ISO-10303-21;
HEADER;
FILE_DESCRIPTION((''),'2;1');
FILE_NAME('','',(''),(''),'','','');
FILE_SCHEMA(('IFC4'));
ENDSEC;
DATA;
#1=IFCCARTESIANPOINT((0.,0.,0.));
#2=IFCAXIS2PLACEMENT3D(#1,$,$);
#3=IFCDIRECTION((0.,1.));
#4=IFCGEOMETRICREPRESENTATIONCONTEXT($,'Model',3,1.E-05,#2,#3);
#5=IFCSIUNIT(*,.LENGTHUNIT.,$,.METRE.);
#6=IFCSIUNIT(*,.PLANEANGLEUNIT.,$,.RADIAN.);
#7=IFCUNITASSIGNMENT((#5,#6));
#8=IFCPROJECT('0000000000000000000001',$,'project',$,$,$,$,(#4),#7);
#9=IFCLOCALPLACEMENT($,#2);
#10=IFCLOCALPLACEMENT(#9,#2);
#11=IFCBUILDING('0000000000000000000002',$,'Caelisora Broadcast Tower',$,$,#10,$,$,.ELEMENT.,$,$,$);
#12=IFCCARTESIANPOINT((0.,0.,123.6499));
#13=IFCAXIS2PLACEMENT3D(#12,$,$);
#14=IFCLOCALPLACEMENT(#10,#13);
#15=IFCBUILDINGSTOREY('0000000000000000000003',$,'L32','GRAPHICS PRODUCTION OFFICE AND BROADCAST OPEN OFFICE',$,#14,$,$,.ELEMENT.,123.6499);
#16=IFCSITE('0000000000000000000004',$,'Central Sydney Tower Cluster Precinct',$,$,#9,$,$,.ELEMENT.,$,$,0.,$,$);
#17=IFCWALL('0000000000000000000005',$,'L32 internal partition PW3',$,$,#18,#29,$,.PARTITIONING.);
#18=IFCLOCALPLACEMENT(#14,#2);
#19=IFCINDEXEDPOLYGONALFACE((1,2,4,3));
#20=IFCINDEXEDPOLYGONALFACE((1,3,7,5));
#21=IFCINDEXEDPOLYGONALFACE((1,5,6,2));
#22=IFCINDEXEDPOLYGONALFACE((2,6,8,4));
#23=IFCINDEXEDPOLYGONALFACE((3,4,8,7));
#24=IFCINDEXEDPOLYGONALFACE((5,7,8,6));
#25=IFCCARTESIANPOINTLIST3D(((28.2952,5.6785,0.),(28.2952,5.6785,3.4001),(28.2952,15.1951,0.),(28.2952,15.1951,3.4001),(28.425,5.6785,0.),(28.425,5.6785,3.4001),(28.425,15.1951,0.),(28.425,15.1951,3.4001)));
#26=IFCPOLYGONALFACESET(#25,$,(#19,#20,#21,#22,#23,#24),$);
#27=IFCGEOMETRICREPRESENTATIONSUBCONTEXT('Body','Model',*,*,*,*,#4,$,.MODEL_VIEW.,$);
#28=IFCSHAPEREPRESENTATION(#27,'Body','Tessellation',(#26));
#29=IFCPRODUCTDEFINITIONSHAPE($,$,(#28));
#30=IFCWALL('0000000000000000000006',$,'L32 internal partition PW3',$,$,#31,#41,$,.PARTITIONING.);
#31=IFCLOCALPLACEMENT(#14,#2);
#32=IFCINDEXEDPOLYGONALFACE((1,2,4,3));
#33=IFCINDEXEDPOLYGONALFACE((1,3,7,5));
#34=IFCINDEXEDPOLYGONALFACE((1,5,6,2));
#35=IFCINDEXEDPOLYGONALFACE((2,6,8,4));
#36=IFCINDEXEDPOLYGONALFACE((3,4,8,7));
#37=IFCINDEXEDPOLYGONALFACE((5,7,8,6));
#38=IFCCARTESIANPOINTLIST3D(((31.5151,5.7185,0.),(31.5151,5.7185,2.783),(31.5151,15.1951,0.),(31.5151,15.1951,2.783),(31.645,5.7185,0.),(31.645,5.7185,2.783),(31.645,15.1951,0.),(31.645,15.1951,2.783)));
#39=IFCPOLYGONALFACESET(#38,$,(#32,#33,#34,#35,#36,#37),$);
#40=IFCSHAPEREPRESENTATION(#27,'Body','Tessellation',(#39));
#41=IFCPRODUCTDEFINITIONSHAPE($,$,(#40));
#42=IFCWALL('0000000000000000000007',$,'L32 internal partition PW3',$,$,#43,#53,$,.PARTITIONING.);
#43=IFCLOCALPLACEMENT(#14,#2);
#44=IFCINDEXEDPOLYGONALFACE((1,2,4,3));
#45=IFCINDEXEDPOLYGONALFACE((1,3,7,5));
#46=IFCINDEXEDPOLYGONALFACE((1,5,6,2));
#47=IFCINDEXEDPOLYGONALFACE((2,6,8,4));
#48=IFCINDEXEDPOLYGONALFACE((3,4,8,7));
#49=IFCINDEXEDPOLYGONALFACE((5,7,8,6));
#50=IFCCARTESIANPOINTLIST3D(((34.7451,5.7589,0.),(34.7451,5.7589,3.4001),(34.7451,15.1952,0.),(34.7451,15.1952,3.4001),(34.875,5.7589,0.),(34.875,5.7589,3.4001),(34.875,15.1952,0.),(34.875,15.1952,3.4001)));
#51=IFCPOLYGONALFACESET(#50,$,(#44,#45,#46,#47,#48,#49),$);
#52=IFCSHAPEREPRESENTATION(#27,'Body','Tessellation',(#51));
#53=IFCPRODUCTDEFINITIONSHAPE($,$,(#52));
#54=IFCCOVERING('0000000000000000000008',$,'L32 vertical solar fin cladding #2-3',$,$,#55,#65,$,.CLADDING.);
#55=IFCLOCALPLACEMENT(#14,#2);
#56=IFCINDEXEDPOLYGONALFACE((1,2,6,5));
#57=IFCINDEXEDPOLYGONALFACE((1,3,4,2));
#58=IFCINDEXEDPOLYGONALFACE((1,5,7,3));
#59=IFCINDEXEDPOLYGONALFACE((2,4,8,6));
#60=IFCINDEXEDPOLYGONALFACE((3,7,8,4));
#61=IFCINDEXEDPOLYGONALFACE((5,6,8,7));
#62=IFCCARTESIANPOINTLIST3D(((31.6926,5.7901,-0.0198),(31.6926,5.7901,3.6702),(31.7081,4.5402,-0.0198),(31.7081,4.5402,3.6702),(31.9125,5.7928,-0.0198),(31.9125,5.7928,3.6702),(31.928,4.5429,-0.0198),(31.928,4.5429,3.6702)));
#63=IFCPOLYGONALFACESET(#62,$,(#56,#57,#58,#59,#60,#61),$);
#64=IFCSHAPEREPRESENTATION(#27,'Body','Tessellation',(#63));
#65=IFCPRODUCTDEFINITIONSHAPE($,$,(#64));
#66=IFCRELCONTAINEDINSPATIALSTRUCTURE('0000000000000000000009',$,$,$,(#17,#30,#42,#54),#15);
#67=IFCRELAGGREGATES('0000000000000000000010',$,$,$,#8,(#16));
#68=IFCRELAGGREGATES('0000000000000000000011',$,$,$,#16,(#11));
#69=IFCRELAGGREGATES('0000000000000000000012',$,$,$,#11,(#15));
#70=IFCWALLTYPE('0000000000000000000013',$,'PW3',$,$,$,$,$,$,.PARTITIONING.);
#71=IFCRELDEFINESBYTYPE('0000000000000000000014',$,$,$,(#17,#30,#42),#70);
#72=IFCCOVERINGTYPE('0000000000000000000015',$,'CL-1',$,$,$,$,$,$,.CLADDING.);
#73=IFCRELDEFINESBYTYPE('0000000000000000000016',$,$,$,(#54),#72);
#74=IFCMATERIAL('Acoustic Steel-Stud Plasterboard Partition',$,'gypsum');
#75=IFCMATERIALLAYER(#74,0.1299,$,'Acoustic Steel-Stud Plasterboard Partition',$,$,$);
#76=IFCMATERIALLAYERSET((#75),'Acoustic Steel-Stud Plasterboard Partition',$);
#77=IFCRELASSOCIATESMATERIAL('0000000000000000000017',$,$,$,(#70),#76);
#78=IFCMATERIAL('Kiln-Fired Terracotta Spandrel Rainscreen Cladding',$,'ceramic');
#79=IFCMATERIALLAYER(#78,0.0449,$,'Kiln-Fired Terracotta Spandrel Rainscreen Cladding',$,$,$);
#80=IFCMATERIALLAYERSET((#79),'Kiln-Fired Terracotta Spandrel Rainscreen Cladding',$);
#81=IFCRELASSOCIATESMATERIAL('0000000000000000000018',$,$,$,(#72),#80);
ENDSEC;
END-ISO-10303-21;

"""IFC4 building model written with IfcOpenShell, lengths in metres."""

from ifc_helpers import new_model, si_unit, direction, frame, frame_2d, origin, origin_2d, place, context, subcontext, project, spatial, rectangle, extrude, source, transform, mapped, material, layer, layer_set, type_object, type_shapes, element, save


model = new_model("IFC4")

# Units and contexts
model_context = context("Model", 3, precision=1e-05, world=origin(), true_north=direction((0.0, 1.0)))
body_context = subcontext(model_context, "Body", "Model", "MODEL_VIEW")
ifc_project = project(units=[si_unit("LENGTHUNIT", "METRE"), si_unit("PLANEANGLEUNIT", "RADIAN")], contexts=[model_context])

# Site, building, storey
site_placement = place(None, origin())
site = spatial("IfcSite", under=ifc_project, at=site_placement, Name="Central Sydney Tower Cluster Precinct", CompositionType="ELEMENT", RefElevation=0.0)
building_placement = place(site_placement, origin())
building = spatial("IfcBuilding", under=site, at=building_placement, Name="Caelisora Broadcast Tower", CompositionType="ELEMENT")
storey_placement = place(building_placement, frame((0.0, 0.0, 123.6499)))
storey = spatial("IfcBuildingStorey", under=building, at=storey_placement, Name="L32", Description="GRAPHICS PRODUCTION OFFICE AND BROADCAST OPEN OFFICE", CompositionType="ELEMENT", Elevation=123.6499)

# Walls
ifc_material_1 = material(Name="Acoustic Steel-Stud Plasterboard Partition", Category="gypsum")
ifc_layer_1 = layer(ifc_material_1, 0.1299, Name="Acoustic Steel-Stud Plasterboard Partition")
ifc_layer_set_1 = layer_set([ifc_layer_1], Name="Acoustic Steel-Stud Plasterboard Partition")
wall_type = type_object("IfcWallType", Name="PW3", PredefinedType="PARTITIONING", material=ifc_layer_set_1)
wall_1_placement = place(storey_placement, frame((28.3601, 5.6785, 0.0), z_axis=(0.0, 0.0, 1.0), x_axis=(0.0, 1.0, 0.0)))
element("IfcWall", 1, at=wall_1_placement, inside=storey, type_object=wall_type, Name="L32 internal partition PW3", PredefinedType="PARTITIONING", context=body_context, shape_type="SweptSolid", body=[
    extrude(rectangle(XDim=9.5166, YDim=0.1299, at=frame_2d((4.7583, 0.0))), origin(), (0.0, 0.0, 1.0), 3.4001),
])
wall_2_placement = place(storey_placement, frame((31.5801, 5.7185, 0.0), z_axis=(0.0, 0.0, 1.0), x_axis=(0.0, 1.0, 0.0)))
element("IfcWall", 2, at=wall_2_placement, inside=storey, type_object=wall_type, Name="L32 internal partition PW3", PredefinedType="PARTITIONING", context=body_context, shape_type="SweptSolid", body=[
    extrude(rectangle(XDim=9.4766, YDim=0.1299, at=frame_2d((4.7383, 0.0))), origin(), (0.0, 0.0, 1.0), 2.783),
])
wall_3_placement = place(storey_placement, frame((34.8101, 5.7588, 0.0), z_axis=(0.0, 0.0, 1.0), x_axis=(0.0, 1.0, 0.0)))
element("IfcWall", 3, at=wall_3_placement, inside=storey, type_object=wall_type, Name="L32 internal partition PW3", PredefinedType="PARTITIONING", context=body_context, shape_type="SweptSolid", body=[
    extrude(rectangle(XDim=9.4363, YDim=0.1299, at=frame_2d((4.7183, 0.0))), origin(), (0.0, 0.0, 1.0), 3.4001),
])

# Covering
ifc_material_2 = material(Name="Kiln-Fired Terracotta Spandrel Rainscreen Cladding", Category="ceramic")
ifc_layer_2 = layer(ifc_material_2, 0.0449, Name="Kiln-Fired Terracotta Spandrel Rainscreen Cladding")
ifc_layer_set_2 = layer_set([ifc_layer_2], Name="Kiln-Fired Terracotta Spandrel Rainscreen Cladding")
covering_type = type_object("IfcCoveringType", Name="CL-1", PredefinedType="CLADDING", material=ifc_layer_set_2)
shared_shape_1 = source(origin(), body_context, "Body", "SweptSolid", [
    extrude(rectangle(XDim=0.22, YDim=1.25, at=origin_2d()), origin(), (0.0, 0.0, 1.0), 3.6899),
])
type_shapes(covering_type, [shared_shape_1])
covering_placement = place(storey_placement, frame((31.8103, 5.1665, -0.0198), z_axis=(0.0, 0.0, 1.0), x_axis=(-0.999923, -0.012392, 0.0)))
element("IfcCovering", 4, at=covering_placement, inside=storey, type_object=covering_type, Name="L32 vertical solar fin cladding #2-3", PredefinedType="CLADDING", context=body_context, shape_type="MappedRepresentation", body=[
    mapped(shared_shape_1, transform((0.0, 0.0, 0.0), scale=1.0)),
])

save(model, "model.ifc")
